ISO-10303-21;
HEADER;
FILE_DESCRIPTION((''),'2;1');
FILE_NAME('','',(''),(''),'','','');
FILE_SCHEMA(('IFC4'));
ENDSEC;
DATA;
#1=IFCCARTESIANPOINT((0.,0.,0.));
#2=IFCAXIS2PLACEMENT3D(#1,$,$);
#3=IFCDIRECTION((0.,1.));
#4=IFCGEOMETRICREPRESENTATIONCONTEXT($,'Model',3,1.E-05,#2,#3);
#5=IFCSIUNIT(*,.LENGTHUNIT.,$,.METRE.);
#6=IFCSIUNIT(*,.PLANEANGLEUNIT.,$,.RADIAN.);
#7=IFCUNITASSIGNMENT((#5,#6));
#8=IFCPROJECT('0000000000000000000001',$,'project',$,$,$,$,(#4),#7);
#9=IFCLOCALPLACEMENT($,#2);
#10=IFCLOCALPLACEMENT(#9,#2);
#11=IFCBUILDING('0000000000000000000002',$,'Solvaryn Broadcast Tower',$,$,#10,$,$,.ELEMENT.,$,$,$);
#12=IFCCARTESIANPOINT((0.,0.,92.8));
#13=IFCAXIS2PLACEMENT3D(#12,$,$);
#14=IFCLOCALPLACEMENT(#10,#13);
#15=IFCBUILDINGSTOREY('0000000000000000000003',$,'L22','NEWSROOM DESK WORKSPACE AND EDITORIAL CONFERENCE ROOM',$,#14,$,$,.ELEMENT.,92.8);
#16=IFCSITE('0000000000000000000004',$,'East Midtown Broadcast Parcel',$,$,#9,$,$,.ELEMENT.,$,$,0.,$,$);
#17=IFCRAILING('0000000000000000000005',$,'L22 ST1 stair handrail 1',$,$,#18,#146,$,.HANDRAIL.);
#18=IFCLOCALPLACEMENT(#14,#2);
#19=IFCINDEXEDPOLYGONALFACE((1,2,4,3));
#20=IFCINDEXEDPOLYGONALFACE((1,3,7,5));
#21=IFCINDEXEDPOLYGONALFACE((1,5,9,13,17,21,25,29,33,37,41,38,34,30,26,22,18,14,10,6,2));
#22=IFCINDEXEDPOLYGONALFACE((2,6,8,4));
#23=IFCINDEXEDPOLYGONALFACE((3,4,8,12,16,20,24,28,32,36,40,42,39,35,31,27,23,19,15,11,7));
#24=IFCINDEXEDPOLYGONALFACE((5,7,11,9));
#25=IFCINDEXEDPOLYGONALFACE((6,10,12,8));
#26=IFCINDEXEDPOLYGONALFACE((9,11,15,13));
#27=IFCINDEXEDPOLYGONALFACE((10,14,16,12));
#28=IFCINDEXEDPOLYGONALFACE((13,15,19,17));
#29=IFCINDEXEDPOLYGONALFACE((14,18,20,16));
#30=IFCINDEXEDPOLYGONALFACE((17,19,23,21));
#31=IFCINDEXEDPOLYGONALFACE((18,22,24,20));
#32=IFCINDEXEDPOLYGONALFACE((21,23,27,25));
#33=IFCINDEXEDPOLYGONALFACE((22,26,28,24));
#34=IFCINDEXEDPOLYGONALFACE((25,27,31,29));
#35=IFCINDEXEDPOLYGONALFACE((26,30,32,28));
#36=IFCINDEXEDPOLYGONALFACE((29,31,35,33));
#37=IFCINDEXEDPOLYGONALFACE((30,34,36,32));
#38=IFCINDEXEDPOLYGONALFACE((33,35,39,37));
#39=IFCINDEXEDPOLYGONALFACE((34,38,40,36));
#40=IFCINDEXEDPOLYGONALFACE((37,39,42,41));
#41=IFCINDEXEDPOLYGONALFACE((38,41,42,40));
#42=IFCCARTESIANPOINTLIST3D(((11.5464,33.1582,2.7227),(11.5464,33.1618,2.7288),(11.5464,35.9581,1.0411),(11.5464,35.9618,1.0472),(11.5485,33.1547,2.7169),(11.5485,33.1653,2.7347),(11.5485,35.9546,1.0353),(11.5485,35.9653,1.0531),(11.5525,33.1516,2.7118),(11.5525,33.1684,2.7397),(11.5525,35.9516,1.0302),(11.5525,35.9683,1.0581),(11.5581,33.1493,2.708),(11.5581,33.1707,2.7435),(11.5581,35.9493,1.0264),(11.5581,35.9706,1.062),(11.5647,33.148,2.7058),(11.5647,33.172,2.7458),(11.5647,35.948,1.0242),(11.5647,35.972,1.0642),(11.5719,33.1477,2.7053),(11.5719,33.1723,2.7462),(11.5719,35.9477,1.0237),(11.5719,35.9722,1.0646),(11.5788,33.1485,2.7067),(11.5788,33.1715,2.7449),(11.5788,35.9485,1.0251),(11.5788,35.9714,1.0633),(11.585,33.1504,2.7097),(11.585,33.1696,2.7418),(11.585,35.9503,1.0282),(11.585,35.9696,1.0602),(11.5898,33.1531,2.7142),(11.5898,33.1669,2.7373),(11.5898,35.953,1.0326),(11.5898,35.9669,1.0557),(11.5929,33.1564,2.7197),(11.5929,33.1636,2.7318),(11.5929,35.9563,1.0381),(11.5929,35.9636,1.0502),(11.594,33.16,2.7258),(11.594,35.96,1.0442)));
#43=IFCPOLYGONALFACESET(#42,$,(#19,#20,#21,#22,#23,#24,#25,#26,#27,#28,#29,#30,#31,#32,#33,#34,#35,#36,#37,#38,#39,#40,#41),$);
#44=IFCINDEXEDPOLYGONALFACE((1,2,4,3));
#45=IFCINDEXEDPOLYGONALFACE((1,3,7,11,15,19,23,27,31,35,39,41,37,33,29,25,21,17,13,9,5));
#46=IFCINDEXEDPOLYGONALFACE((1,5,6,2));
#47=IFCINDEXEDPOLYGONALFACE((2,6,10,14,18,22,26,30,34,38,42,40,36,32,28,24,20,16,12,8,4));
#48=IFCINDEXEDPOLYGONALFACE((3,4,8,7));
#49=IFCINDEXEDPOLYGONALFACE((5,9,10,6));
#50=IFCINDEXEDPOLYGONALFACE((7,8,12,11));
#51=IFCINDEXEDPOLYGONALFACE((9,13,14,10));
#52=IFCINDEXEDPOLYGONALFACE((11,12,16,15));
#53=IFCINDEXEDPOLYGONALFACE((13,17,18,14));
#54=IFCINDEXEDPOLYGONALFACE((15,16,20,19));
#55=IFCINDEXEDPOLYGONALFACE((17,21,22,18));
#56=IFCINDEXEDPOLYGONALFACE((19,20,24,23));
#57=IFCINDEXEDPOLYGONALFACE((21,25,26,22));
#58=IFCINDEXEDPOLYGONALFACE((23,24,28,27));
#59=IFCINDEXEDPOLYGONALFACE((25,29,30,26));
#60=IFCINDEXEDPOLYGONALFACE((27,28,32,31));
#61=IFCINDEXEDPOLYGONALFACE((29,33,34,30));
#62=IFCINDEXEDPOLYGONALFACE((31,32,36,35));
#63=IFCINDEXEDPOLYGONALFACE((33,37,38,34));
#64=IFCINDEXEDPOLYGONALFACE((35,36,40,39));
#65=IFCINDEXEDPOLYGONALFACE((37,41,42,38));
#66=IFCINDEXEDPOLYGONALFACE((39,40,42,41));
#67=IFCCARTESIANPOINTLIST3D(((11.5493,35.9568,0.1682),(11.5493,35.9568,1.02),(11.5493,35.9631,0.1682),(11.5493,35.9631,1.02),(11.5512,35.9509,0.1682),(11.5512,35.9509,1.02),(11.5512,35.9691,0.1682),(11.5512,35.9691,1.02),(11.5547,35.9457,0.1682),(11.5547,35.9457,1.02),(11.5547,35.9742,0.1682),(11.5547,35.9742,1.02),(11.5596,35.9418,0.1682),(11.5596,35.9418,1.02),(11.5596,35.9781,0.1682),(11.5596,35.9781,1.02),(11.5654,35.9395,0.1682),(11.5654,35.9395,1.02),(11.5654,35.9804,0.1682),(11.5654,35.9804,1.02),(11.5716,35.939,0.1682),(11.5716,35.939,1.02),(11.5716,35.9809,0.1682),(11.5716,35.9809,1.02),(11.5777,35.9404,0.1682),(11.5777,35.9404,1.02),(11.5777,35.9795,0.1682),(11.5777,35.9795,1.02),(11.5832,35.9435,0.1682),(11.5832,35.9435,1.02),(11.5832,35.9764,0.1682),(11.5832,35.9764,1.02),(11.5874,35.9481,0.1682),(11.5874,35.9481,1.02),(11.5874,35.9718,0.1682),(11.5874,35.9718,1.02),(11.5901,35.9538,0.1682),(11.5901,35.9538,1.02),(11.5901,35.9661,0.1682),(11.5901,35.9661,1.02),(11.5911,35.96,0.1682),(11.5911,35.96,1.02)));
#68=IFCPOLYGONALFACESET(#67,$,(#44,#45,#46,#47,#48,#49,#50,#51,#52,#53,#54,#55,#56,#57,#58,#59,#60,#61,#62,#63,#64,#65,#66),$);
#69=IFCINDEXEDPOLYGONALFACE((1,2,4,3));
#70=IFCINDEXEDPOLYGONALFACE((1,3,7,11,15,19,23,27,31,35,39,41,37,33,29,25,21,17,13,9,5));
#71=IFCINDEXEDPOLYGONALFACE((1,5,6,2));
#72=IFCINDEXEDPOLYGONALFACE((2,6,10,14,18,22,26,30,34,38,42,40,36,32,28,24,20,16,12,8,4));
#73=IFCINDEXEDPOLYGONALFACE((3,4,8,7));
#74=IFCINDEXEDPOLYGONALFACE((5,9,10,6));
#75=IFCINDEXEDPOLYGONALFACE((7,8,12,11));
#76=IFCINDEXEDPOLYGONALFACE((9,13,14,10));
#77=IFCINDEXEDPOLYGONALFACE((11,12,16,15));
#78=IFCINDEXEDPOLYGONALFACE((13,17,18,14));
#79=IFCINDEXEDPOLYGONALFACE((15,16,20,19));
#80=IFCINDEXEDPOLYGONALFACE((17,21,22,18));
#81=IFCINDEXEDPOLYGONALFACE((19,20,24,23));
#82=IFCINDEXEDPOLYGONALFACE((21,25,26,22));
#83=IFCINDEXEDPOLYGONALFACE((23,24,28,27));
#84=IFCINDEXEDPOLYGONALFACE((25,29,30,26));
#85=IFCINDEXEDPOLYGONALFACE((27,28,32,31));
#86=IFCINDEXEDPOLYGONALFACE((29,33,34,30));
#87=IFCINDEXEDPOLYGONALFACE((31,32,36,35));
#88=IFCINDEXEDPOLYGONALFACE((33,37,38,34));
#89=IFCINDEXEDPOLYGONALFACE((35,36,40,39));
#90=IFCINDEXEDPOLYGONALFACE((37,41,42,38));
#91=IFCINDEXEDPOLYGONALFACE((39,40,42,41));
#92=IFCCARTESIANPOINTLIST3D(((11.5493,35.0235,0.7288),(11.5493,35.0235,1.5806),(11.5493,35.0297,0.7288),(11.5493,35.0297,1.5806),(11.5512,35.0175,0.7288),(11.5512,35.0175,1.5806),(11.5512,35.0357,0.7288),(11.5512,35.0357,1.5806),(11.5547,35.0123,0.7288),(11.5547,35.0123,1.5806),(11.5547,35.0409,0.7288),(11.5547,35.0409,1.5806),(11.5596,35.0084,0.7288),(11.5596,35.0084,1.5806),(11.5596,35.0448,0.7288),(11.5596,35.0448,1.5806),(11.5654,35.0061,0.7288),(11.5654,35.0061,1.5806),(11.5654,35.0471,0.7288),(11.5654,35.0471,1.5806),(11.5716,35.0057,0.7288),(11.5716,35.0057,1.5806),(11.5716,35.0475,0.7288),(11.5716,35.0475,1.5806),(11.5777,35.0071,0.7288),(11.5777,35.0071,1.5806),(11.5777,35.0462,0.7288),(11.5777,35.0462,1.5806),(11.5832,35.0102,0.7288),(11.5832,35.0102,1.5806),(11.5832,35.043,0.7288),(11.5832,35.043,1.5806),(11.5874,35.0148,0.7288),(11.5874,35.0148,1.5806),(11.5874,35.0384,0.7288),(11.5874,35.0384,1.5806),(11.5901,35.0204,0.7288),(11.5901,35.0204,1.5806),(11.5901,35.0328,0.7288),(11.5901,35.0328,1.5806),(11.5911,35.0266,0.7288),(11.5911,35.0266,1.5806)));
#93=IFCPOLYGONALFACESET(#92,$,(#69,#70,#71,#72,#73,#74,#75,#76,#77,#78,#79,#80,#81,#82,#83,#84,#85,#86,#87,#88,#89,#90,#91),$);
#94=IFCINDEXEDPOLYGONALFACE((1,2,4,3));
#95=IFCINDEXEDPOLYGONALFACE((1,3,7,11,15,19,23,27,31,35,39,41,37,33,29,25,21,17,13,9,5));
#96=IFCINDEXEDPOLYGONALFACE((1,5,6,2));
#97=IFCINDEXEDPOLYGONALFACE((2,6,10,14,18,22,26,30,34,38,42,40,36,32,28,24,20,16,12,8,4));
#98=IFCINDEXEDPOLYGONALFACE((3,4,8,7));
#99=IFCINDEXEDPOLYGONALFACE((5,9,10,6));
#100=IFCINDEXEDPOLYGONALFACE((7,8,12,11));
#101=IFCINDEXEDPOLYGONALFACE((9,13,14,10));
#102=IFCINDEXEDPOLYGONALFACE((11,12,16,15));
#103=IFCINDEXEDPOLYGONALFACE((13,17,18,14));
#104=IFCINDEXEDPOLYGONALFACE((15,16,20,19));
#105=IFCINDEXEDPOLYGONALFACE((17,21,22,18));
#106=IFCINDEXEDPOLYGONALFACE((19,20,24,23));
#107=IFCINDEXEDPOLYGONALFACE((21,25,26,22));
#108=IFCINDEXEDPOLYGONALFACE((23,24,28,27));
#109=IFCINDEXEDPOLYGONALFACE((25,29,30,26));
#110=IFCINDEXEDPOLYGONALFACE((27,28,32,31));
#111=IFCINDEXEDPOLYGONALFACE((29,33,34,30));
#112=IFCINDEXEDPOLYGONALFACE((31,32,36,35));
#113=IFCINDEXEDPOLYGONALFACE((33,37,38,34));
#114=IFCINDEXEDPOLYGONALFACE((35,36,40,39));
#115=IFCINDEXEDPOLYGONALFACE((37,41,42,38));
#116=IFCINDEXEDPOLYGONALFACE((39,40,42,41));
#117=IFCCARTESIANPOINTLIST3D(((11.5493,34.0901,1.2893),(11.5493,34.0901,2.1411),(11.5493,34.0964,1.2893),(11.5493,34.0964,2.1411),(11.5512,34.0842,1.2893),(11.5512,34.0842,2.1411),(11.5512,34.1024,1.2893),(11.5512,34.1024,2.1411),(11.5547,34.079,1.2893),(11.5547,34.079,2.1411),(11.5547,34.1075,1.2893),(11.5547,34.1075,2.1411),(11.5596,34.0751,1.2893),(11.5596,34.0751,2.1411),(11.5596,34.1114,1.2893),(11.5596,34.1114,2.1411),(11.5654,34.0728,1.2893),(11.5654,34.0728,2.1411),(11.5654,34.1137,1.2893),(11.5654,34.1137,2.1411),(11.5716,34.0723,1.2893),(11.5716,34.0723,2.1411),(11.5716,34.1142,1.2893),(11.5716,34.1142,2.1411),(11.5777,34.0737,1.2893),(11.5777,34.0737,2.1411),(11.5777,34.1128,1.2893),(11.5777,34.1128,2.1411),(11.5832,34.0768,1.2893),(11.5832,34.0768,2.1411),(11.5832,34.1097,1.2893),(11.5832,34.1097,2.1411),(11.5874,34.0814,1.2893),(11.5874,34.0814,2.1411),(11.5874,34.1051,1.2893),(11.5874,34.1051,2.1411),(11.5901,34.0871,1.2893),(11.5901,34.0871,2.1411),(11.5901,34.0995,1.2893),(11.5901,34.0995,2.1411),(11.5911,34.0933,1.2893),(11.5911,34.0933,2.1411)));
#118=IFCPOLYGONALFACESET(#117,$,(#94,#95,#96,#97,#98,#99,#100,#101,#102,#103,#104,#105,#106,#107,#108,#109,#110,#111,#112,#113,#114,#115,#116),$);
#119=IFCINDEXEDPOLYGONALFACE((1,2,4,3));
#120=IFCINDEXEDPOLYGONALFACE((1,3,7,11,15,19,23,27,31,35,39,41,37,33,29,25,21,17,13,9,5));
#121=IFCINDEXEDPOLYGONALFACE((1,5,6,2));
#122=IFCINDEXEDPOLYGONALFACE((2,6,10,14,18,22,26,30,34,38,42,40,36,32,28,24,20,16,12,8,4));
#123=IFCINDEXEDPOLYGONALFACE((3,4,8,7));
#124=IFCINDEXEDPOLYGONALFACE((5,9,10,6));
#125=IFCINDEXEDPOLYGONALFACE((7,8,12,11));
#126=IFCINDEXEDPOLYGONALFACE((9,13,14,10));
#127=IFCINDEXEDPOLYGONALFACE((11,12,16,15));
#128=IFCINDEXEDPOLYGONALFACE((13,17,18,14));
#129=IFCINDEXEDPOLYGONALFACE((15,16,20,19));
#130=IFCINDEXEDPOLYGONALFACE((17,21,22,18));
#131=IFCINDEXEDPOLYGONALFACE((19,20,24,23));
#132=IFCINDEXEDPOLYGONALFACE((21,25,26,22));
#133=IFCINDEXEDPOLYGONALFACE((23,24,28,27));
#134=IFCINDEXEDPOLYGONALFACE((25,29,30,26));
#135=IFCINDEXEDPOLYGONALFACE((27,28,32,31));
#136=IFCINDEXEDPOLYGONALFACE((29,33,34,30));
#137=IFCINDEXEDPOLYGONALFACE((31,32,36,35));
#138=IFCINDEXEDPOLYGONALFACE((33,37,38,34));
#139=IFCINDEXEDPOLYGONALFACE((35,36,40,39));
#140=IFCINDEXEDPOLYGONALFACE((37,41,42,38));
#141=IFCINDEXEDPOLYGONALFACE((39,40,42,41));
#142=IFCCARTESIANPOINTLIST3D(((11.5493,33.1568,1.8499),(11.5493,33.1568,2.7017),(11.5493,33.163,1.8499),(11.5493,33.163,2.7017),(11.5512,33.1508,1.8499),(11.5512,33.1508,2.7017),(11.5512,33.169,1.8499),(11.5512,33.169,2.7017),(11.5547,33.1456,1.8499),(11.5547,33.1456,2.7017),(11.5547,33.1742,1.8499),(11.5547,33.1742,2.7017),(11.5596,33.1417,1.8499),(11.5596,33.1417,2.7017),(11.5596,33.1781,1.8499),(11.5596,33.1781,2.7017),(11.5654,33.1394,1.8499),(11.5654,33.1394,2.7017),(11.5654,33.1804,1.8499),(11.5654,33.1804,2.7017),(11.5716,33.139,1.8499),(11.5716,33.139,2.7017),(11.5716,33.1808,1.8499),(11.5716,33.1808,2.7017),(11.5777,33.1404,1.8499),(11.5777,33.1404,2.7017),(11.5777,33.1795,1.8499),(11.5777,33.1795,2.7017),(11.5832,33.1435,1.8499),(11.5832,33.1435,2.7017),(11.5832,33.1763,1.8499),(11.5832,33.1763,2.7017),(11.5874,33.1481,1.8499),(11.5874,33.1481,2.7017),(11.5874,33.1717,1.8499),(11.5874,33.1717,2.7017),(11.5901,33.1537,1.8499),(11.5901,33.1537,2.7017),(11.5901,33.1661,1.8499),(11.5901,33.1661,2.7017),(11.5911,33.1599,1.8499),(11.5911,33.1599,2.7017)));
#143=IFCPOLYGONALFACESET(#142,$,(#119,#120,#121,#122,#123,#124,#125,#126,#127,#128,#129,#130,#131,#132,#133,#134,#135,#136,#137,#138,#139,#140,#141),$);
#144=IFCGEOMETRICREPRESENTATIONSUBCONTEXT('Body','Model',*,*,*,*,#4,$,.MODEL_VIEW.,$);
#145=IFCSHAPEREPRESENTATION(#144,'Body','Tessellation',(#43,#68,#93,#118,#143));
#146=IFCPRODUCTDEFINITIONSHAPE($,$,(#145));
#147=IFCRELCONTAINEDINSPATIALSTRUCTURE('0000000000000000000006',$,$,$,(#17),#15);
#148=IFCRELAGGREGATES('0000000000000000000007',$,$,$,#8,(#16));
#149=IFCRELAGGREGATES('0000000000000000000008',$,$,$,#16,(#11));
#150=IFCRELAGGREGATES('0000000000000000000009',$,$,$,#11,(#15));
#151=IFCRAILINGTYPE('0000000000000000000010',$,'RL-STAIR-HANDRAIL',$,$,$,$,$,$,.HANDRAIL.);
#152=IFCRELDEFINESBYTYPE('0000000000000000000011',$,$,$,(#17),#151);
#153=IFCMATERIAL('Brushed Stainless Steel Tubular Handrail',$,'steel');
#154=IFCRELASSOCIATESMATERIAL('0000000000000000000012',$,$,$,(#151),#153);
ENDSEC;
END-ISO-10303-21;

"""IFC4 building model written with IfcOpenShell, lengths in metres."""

from ifc_helpers import new_model, si_unit, direction, frame, origin, origin_2d, place, context, subcontext, project, spatial, circle, extrude, material, type_object, element, save


model = new_model("IFC4")

# Units and contexts
model_context = context("Model", 3, precision=1e-05, world=origin(), true_north=direction((0.0, 1.0)))
body_context = subcontext(model_context, "Body", "Model", "MODEL_VIEW")
ifc_project = project(units=[si_unit("LENGTHUNIT", "METRE"), si_unit("PLANEANGLEUNIT", "RADIAN")], contexts=[model_context])

# Site, building, storey
site_placement = place(None, origin())
site = spatial("IfcSite", under=ifc_project, at=site_placement, Name="East Midtown Broadcast Parcel", CompositionType="ELEMENT", RefElevation=0.0)
building_placement = place(site_placement, origin())
building = spatial("IfcBuilding", under=site, at=building_placement, Name="Solvaryn Broadcast Tower", CompositionType="ELEMENT")
storey_placement = place(building_placement, frame((0.0, 0.0, 92.8)))
storey = spatial("IfcBuildingStorey", under=building, at=storey_placement, Name="L22", Description="NEWSROOM DESK WORKSPACE AND EDITORIAL CONFERENCE ROOM", CompositionType="ELEMENT", Elevation=92.8)

# Railing
ifc_material_1 = material(Name="Brushed Stainless Steel Tubular Handrail", Category="steel")
railing_type_1 = type_object("IfcRailingType", Name="RL-STAIR-HANDRAIL", PredefinedType="HANDRAIL", material=ifc_material_1)
railing_1_placement = place(storey_placement, frame((11.5701, 35.96, 0.1682)))
element("IfcRailing", 1, at=railing_1_placement, inside=storey, type_object=railing_type_1, Name="L22 ST1 stair handrail 1", PredefinedType="HANDRAIL", context=body_context, shape_type="SweptSolid", body=[
    extrude(circle(Radius=0.0239, at=origin_2d()), frame((0.0, 0.0, 0.876), z_axis=(0.0, -0.857275, 0.514858), x_axis=(1.0, 0.0, 0.0)), (0.0, 0.0, 1.0), 3.2661),
    extrude(circle(Radius=0.021, at=origin_2d()), origin(), (0.0, 0.0, 1.0), 0.8518),
    extrude(circle(Radius=0.021, at=origin_2d()), frame((0.0, -0.9333, 0.5605)), (0.0, 0.0, 1.0), 0.8518),
    extrude(circle(Radius=0.021, at=origin_2d()), frame((0.0, -1.8667, 1.1211)), (0.0, 0.0, 1.0), 0.8518),
    extrude(circle(Radius=0.021, at=origin_2d()), frame((0.0, -2.8, 1.6816)), (0.0, 0.0, 1.0), 0.8518),
])

save(model, "model.ifc")
